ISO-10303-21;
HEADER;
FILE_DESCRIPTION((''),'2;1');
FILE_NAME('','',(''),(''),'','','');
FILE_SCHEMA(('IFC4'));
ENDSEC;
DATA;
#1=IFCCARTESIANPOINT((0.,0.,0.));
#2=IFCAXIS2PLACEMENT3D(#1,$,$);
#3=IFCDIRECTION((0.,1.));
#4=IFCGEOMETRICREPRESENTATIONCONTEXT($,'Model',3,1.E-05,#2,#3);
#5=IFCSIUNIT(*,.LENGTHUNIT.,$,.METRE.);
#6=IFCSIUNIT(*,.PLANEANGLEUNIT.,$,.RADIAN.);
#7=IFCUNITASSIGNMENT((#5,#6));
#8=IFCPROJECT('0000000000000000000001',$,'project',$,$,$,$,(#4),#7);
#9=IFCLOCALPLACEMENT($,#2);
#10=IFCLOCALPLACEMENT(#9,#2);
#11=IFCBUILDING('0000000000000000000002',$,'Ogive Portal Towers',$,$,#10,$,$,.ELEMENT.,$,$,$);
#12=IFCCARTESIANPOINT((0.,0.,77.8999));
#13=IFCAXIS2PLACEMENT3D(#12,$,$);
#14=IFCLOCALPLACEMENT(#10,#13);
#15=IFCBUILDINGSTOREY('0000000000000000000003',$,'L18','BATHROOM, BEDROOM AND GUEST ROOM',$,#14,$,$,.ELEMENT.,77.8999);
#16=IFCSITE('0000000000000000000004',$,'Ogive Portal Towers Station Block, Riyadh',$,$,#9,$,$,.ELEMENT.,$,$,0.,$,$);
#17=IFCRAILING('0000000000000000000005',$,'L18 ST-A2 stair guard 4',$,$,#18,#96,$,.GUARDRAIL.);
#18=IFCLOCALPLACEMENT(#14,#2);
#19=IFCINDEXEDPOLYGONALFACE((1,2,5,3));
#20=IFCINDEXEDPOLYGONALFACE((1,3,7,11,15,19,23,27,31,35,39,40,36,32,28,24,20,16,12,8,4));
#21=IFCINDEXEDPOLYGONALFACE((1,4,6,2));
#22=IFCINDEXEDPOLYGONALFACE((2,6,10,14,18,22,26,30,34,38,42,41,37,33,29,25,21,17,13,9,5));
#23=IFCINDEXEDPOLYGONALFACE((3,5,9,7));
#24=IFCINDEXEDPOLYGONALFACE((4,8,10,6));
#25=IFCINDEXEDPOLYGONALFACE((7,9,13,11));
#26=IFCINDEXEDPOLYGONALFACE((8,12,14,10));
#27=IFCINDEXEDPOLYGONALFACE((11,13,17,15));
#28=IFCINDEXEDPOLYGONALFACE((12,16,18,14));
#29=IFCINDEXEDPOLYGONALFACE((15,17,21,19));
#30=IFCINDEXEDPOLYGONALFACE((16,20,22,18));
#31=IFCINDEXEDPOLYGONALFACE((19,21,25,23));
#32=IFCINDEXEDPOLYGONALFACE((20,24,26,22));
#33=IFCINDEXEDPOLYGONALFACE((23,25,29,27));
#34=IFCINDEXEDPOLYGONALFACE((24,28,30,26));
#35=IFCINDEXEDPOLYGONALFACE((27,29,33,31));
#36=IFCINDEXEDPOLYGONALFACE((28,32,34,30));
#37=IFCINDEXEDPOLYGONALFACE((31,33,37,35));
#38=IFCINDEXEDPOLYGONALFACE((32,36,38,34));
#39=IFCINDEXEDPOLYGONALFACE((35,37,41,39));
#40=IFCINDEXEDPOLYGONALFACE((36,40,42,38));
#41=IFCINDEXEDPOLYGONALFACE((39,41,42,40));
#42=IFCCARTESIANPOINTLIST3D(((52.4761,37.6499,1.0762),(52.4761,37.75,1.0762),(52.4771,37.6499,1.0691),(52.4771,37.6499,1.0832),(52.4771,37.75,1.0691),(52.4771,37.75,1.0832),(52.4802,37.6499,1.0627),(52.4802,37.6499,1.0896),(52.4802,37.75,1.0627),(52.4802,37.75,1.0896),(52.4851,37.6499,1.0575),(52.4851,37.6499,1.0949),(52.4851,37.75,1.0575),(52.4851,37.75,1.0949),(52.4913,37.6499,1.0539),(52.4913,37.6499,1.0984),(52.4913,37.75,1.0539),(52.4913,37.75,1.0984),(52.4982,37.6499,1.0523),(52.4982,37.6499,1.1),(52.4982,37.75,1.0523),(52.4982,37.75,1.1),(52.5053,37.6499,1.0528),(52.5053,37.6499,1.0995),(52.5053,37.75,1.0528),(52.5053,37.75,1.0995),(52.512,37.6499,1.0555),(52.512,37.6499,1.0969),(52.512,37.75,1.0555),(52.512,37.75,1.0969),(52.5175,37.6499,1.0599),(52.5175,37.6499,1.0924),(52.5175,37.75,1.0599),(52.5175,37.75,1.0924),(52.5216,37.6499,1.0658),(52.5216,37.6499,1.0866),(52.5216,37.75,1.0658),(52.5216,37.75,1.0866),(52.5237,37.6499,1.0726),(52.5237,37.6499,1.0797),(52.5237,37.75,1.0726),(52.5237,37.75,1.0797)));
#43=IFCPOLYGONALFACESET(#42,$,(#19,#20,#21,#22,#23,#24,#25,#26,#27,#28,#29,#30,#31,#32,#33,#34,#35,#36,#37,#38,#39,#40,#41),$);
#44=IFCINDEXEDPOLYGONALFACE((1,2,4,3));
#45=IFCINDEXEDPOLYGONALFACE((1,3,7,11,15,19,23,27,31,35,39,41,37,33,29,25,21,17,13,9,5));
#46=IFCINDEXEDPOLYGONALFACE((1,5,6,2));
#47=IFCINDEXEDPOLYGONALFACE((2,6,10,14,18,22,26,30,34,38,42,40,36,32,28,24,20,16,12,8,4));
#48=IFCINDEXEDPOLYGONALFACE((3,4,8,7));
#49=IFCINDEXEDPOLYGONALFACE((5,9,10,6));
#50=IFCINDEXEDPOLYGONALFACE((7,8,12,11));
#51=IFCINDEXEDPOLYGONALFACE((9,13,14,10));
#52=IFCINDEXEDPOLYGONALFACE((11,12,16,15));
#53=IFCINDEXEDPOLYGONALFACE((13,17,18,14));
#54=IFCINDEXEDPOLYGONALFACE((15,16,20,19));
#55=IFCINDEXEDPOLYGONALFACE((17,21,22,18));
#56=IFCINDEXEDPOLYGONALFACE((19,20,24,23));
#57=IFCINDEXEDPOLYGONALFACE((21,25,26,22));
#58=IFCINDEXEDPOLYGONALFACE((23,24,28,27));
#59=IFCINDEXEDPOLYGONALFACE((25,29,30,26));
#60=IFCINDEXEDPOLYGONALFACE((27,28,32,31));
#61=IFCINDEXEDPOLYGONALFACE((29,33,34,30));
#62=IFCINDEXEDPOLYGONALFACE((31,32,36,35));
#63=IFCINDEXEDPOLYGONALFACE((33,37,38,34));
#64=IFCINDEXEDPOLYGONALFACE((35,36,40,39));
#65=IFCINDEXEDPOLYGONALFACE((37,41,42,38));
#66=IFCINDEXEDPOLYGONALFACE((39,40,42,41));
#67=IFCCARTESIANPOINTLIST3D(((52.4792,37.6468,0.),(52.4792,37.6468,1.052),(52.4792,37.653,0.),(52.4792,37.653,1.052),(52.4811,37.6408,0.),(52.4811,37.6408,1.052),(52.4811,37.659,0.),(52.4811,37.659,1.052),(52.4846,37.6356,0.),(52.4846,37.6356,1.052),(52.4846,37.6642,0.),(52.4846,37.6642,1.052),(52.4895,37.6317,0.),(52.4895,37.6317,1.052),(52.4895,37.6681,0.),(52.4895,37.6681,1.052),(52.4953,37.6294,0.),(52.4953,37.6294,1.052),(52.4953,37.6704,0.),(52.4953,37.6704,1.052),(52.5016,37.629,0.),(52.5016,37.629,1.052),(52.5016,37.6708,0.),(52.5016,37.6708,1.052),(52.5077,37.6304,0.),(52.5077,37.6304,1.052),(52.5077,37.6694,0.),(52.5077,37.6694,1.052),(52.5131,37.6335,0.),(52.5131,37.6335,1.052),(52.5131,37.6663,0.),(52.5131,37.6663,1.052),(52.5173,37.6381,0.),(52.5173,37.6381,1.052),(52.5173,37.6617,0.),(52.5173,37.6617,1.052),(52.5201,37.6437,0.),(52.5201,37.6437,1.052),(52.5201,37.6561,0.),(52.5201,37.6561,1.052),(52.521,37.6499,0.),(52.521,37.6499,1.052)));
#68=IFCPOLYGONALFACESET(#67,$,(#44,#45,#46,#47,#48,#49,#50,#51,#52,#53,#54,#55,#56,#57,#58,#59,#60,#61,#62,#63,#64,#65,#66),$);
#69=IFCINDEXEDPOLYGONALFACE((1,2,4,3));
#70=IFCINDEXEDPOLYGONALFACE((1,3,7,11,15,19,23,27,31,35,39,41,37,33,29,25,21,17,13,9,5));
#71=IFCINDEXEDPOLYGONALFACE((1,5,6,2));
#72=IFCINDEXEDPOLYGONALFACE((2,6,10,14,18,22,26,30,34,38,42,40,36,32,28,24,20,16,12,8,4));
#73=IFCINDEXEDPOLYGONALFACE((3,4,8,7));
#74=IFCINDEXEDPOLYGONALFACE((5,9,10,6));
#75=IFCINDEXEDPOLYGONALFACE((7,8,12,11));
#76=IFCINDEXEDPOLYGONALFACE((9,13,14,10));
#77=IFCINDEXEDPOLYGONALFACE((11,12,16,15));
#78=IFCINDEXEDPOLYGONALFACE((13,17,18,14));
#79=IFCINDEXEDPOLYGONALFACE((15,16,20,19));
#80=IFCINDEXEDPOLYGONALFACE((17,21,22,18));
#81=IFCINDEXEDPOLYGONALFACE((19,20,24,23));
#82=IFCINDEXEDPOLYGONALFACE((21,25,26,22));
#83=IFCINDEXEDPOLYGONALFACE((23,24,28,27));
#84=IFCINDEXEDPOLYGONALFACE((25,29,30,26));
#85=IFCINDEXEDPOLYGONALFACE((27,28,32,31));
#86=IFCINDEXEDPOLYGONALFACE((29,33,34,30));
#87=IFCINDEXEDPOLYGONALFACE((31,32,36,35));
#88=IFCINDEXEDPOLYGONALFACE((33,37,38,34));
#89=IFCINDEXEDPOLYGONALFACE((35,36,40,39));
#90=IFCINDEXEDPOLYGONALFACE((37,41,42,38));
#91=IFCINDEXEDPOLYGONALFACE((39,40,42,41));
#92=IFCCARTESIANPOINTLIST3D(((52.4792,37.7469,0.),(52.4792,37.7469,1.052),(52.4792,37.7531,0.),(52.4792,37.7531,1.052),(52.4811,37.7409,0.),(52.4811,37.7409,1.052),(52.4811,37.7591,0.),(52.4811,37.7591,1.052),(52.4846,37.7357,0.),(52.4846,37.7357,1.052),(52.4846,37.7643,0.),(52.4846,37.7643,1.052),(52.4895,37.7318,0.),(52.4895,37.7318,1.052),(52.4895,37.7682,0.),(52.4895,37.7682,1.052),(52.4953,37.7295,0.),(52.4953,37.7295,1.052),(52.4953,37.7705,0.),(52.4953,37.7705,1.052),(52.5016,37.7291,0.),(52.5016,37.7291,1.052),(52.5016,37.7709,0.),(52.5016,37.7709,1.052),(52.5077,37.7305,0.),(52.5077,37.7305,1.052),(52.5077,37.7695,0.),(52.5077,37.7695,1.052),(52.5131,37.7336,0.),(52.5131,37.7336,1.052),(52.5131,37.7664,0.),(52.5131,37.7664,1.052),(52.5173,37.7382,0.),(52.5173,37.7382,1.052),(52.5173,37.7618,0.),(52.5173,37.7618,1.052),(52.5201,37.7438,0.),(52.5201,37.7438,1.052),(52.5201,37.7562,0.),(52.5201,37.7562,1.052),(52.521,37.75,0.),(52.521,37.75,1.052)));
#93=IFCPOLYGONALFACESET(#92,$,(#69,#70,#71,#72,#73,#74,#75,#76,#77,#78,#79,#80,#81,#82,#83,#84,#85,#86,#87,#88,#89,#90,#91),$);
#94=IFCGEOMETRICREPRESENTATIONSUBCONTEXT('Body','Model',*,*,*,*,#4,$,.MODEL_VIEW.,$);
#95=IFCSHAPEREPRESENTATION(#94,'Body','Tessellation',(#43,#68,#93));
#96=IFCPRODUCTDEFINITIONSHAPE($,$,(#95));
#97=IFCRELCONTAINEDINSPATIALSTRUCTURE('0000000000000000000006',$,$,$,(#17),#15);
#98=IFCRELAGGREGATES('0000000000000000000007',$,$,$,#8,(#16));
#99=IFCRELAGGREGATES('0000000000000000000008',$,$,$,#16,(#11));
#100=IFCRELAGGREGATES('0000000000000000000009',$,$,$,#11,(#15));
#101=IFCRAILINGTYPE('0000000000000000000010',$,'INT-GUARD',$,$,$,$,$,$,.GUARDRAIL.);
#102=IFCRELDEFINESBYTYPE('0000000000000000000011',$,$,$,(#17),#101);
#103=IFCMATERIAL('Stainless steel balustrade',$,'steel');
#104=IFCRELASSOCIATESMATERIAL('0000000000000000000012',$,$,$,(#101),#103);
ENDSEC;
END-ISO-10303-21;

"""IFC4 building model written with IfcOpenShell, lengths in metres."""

from ifc_helpers import new_model, si_unit, direction, frame, origin, origin_2d, place, context, subcontext, project, spatial, circle, extrude, material, type_object, element, save


model = new_model("IFC4")

# Units and contexts
model_context = context("Model", 3, precision=1e-05, world=origin(), true_north=direction((0.0, 1.0)))
body_context = subcontext(model_context, "Body", "Model", "MODEL_VIEW")
ifc_project = project(units=[si_unit("LENGTHUNIT", "METRE"), si_unit("PLANEANGLEUNIT", "RADIAN")], contexts=[model_context])

# Site, building, storey
site_placement = place(None, origin())
site = spatial("IfcSite", under=ifc_project, at=site_placement, Name="Ogive Portal Towers Station Block, Riyadh", CompositionType="ELEMENT", RefElevation=0.0)
building_placement = place(site_placement, origin())
building = spatial("IfcBuilding", under=site, at=building_placement, Name="Ogive Portal Towers", CompositionType="ELEMENT")
storey_placement = place(building_placement, frame((0.0, 0.0, 77.8999)))
storey = spatial("IfcBuildingStorey", under=building, at=storey_placement, Name="L18", Description="BATHROOM, BEDROOM AND GUEST ROOM", CompositionType="ELEMENT", Elevation=77.8999)

# Railing
ifc_material_1 = material(Name="Stainless steel balustrade", Category="steel")
railing_type_1 = type_object("IfcRailingType", Name="INT-GUARD", PredefinedType="GUARDRAIL", material=ifc_material_1)
railing_1_placement = place(storey_placement, frame((52.5, 37.6499, 0.0)))
element("IfcRailing", 1, at=railing_1_placement, inside=storey, type_object=railing_type_1, Name="L18 ST-A2 stair guard 4", PredefinedType="GUARDRAIL", context=body_context, shape_type="SweptSolid", body=[
    extrude(circle(Radius=0.0239, at=origin_2d()), frame((0.0, 0.0, 1.0762), z_axis=(0.0, 1.0, 0.0), x_axis=(-1.0, 0.0, 0.0)), (0.0, 0.0, 1.0), 0.1001),
    extrude(circle(Radius=0.021, at=origin_2d()), origin(), (0.0, 0.0, 1.0), 1.052),
    extrude(circle(Radius=0.021, at=origin_2d()), frame((0.0, 0.1001, 0.0)), (0.0, 0.0, 1.0), 1.052),
])

save(model, "model.ifc")
